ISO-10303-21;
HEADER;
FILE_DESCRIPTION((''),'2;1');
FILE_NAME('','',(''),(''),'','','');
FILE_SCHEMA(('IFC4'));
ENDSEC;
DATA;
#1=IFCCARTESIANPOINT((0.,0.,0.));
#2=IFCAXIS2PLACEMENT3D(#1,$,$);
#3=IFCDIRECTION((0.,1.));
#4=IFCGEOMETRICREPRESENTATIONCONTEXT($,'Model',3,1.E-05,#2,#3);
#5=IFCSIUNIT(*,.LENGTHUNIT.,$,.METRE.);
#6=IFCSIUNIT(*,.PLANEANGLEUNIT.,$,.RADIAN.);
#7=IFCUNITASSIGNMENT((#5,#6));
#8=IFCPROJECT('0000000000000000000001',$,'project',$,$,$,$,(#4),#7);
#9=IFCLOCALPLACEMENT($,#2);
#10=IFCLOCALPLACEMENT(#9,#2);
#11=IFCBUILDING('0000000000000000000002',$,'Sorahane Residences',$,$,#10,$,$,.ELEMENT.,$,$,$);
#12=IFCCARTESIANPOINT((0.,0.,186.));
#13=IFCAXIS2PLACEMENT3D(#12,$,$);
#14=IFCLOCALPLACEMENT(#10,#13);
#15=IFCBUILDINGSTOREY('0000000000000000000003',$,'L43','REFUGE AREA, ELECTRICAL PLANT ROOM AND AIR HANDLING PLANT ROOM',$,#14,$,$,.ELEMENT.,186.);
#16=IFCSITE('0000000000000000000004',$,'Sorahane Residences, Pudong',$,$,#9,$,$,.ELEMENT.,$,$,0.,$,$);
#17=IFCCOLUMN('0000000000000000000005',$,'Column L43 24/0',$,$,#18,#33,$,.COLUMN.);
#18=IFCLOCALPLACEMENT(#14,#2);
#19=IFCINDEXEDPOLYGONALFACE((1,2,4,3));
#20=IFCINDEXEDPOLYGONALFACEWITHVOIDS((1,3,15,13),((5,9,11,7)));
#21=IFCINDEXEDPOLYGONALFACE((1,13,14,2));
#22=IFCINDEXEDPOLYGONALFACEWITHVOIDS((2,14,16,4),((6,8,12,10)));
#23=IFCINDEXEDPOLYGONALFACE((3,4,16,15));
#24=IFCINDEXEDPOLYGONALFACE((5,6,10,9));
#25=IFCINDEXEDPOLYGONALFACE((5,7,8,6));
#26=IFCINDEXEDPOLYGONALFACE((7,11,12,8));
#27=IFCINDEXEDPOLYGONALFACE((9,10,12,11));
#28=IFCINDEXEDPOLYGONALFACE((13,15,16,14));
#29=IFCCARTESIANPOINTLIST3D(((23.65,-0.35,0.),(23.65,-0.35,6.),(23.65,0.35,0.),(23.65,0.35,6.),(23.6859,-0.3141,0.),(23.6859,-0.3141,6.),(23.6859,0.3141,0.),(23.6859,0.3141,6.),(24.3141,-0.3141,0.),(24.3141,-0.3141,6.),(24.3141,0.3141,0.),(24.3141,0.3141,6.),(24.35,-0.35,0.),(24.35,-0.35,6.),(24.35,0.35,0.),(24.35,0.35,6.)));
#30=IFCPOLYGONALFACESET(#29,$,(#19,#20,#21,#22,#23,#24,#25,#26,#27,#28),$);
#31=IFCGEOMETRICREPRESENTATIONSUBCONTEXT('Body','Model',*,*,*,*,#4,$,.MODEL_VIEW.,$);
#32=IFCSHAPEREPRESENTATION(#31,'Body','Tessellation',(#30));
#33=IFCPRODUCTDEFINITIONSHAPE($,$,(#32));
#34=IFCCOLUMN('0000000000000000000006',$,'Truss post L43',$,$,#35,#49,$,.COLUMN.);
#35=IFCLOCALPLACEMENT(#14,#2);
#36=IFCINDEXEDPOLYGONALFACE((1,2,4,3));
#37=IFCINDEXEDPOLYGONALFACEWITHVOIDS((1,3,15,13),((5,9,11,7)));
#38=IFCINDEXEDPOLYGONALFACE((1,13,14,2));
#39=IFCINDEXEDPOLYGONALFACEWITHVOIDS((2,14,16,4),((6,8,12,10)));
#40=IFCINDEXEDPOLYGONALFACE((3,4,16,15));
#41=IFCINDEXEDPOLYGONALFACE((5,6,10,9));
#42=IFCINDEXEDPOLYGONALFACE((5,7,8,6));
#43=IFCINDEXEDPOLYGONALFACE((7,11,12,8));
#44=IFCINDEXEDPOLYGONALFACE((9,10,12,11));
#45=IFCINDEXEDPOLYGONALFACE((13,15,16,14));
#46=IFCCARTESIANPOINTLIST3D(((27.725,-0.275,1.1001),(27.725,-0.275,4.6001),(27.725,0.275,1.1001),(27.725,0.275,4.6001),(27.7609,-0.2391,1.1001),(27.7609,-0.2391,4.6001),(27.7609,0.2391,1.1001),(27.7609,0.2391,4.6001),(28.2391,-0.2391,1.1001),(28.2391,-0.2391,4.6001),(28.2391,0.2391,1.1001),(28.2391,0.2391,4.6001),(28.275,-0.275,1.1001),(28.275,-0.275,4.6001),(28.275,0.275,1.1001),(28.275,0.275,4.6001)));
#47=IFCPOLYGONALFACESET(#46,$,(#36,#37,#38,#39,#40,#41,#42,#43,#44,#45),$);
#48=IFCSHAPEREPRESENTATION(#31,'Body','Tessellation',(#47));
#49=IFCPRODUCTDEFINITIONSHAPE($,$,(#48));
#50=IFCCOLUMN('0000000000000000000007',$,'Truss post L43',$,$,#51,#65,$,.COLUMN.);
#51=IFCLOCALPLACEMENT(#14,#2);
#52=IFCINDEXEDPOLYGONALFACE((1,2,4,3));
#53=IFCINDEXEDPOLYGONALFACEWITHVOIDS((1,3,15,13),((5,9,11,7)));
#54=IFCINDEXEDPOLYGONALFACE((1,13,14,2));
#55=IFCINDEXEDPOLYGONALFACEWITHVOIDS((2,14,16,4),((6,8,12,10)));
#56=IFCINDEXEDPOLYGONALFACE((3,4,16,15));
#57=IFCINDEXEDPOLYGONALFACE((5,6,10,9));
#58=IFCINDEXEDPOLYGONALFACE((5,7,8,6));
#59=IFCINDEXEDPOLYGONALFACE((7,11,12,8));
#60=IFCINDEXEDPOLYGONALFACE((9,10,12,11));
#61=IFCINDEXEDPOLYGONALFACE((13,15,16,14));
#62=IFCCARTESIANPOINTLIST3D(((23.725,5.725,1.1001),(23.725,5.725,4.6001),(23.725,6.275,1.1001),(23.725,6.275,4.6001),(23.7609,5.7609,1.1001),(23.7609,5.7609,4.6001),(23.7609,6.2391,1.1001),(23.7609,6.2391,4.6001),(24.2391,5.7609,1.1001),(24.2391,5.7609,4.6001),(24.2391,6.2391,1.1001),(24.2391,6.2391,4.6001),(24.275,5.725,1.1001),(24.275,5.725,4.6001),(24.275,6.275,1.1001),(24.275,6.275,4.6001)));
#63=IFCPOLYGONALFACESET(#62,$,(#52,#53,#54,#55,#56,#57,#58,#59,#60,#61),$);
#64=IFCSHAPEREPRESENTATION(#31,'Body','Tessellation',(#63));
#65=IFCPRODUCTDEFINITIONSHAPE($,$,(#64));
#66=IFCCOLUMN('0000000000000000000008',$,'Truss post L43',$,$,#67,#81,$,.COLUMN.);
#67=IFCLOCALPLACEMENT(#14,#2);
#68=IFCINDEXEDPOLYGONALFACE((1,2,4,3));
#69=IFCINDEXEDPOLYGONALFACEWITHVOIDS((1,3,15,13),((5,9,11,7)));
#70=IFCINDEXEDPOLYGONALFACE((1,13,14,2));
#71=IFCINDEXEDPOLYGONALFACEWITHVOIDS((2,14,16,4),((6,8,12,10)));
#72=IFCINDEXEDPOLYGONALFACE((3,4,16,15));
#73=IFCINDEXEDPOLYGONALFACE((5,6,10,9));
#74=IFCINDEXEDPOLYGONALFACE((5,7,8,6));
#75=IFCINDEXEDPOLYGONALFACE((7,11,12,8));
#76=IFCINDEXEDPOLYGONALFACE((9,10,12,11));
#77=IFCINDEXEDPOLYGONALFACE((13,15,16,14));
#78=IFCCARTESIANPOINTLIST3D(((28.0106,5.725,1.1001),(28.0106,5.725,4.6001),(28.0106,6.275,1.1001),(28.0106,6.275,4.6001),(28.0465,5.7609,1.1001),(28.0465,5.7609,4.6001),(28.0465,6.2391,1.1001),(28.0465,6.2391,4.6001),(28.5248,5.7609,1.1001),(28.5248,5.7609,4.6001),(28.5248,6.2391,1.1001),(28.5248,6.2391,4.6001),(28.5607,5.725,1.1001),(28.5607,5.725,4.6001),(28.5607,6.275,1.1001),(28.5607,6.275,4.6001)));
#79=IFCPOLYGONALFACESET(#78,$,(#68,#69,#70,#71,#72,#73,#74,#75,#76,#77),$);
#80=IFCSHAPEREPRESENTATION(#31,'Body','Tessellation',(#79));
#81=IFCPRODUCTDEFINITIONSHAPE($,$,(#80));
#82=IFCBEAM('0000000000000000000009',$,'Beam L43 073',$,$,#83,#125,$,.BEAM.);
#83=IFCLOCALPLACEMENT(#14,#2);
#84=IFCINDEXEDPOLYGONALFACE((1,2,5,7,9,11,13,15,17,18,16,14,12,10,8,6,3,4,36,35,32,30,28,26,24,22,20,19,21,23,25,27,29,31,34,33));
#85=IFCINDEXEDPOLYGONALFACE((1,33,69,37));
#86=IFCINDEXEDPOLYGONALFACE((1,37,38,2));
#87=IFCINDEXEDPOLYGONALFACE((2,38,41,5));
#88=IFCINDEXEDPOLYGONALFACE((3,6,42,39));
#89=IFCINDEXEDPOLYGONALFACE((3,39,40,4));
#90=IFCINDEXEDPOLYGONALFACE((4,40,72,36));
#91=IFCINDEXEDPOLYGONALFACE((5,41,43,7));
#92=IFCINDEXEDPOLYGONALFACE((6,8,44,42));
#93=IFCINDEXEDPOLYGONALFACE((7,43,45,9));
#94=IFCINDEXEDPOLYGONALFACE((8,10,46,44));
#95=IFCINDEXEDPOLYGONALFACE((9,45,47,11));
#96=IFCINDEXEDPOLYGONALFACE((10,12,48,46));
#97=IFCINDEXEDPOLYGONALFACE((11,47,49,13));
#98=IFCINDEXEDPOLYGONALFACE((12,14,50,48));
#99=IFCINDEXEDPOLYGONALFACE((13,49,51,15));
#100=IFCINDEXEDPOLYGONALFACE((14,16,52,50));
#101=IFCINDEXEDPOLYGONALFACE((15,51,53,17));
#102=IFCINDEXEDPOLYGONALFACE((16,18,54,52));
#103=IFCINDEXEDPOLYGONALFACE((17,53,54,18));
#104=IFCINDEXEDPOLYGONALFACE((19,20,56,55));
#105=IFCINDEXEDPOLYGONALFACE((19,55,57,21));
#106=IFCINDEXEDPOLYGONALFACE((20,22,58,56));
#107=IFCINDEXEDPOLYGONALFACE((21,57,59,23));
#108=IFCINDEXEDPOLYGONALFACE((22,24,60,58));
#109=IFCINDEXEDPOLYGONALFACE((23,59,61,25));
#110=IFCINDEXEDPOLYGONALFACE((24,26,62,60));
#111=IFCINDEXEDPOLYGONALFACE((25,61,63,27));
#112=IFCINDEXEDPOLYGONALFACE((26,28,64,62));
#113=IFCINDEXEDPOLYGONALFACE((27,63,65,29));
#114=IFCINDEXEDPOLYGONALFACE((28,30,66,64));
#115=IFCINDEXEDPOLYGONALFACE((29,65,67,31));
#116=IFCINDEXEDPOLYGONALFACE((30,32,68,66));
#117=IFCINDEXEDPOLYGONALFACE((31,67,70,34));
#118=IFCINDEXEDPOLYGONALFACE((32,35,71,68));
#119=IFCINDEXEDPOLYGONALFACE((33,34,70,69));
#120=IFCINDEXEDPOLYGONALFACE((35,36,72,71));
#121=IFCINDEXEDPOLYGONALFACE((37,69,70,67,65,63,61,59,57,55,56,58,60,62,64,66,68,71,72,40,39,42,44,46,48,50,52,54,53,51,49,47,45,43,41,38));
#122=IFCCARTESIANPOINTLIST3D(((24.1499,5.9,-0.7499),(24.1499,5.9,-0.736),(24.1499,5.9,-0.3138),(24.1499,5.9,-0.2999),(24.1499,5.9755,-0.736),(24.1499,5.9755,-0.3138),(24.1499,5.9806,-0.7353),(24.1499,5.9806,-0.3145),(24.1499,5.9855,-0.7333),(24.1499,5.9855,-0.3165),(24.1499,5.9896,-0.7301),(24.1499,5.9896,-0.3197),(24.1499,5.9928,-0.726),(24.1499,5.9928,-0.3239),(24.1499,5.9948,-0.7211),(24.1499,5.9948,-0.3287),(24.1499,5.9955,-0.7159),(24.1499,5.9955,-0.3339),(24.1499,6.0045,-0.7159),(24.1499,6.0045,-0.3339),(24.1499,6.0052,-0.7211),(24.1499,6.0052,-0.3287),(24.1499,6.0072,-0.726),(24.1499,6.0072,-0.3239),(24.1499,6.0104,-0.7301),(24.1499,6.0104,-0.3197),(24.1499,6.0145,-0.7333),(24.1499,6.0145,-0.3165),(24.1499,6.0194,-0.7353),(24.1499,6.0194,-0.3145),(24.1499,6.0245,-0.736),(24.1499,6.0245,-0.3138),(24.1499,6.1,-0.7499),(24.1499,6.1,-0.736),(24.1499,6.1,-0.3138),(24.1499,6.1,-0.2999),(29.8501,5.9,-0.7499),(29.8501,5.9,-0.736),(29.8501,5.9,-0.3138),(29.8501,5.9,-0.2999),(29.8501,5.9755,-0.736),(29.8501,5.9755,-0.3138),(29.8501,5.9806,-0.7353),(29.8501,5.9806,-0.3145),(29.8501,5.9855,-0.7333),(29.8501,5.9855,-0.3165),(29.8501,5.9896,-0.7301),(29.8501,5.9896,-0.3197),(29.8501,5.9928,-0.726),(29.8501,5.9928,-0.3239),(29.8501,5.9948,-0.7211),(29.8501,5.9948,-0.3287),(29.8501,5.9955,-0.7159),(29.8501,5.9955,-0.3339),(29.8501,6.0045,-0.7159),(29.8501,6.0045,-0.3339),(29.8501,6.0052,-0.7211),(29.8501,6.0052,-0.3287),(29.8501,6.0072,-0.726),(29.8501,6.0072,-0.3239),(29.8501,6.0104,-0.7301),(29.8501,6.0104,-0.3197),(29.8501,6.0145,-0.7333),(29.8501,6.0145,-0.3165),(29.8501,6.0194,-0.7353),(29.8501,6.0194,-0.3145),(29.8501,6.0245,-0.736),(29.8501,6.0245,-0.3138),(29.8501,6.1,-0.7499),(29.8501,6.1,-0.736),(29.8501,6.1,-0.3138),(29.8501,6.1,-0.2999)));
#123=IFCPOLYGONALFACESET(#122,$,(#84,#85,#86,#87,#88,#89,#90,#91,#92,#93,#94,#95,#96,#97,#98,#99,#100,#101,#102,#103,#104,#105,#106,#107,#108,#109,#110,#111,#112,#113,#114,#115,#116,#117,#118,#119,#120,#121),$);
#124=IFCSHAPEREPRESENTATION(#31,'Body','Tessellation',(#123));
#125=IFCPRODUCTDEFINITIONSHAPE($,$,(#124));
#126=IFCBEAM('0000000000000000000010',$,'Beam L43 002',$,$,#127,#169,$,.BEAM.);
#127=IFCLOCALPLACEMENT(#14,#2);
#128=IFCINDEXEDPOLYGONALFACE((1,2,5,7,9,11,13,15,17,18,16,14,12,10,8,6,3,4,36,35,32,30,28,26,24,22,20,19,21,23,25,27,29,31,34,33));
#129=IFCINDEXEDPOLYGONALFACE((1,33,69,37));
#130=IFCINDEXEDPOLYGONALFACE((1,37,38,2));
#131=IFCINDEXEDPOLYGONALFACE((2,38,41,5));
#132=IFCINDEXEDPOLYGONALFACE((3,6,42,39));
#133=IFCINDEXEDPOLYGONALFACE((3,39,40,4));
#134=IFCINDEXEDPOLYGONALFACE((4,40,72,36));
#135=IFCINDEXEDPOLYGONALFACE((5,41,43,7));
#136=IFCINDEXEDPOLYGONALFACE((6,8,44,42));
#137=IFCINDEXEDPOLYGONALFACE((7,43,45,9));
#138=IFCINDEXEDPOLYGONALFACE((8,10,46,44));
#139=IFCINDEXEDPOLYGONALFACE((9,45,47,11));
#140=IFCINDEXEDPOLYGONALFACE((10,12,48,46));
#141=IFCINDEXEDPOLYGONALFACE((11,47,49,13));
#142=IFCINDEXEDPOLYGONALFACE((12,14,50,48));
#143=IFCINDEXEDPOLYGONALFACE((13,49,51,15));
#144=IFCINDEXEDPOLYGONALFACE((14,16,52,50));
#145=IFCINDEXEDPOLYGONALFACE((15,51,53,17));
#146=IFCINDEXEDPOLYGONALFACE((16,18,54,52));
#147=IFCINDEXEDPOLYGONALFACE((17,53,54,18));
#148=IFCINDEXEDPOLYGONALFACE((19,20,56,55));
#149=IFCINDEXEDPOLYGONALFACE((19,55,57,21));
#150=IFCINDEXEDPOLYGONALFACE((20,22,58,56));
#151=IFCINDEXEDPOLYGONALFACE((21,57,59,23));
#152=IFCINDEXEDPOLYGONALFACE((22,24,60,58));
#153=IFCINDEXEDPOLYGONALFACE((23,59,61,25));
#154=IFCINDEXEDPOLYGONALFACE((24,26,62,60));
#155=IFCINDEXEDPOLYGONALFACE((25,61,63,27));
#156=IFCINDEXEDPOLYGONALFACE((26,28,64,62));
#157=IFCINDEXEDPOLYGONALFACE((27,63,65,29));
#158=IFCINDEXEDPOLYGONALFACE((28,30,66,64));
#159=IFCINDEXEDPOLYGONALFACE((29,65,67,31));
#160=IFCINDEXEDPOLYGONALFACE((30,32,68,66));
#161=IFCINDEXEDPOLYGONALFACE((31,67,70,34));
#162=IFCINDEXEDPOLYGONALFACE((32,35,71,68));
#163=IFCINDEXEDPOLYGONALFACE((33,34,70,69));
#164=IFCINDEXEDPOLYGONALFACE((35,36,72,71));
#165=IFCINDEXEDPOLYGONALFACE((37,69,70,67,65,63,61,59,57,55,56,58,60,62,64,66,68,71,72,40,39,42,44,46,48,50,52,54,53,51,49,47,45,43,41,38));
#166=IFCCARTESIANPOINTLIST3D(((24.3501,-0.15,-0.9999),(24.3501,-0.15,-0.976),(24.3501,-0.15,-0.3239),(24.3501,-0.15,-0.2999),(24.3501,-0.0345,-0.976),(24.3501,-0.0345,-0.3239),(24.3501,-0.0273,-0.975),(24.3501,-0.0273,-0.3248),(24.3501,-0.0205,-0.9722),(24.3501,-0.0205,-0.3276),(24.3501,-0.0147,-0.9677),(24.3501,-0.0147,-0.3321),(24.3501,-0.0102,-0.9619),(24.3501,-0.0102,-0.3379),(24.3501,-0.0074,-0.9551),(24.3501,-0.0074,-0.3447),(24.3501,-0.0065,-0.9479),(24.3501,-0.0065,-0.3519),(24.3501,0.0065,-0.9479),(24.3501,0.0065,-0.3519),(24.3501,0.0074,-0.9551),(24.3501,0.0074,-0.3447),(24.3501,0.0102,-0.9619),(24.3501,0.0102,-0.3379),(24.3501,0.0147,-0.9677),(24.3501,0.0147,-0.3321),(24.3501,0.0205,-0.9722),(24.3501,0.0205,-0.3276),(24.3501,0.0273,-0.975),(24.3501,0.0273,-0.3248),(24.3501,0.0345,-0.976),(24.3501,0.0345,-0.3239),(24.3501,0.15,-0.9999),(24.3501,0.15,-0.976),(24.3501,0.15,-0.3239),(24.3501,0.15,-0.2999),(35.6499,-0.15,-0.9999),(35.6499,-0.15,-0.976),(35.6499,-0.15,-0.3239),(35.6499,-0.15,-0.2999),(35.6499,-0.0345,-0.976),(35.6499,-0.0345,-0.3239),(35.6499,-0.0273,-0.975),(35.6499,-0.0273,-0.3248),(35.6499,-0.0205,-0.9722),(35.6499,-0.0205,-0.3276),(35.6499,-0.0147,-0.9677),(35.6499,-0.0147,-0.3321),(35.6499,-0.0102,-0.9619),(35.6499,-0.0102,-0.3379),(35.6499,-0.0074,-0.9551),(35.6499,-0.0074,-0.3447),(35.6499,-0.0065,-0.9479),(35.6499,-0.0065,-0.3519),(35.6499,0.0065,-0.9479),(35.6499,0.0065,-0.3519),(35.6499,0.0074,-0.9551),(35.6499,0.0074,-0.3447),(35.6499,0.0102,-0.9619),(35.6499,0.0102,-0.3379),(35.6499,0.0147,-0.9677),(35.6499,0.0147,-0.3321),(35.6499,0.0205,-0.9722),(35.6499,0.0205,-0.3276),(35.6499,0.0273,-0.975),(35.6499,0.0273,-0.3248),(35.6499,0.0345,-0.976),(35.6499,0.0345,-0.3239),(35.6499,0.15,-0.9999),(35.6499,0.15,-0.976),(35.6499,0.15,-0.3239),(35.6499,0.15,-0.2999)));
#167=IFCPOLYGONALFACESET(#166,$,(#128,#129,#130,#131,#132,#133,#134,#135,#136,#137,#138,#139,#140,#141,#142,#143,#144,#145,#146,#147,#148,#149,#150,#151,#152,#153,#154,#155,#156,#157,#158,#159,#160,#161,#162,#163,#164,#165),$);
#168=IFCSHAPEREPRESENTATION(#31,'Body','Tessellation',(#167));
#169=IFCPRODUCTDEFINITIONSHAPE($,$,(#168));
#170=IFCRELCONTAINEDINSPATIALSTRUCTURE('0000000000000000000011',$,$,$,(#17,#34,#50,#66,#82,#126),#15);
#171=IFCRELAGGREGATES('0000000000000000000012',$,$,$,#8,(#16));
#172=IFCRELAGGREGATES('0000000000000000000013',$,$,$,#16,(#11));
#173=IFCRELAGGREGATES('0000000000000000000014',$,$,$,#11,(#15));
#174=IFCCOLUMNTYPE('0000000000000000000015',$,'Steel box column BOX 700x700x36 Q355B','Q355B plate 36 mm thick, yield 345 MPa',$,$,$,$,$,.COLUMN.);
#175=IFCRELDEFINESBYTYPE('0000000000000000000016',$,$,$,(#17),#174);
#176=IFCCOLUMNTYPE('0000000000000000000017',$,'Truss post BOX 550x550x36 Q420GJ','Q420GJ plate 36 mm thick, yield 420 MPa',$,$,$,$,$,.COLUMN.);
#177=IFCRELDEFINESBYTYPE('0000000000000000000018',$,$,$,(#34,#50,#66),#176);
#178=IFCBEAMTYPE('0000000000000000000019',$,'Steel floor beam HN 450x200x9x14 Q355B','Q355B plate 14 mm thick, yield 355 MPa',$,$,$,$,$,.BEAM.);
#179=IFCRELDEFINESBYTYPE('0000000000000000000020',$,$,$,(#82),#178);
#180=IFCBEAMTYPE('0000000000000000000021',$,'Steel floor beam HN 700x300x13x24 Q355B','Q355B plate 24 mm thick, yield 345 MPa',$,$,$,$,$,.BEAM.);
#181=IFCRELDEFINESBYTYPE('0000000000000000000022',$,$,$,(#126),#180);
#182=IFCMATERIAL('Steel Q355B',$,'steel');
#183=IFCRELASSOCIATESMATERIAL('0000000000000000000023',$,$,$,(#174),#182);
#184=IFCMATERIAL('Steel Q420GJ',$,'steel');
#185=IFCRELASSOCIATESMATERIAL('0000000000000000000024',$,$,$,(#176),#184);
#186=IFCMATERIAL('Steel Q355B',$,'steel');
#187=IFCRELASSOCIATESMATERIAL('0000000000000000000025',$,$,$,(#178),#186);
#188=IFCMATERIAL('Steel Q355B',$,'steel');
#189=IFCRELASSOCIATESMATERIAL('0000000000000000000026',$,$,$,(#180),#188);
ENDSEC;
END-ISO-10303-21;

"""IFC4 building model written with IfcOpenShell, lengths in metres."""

from ifc_helpers import new_model, si_unit, direction, frame, origin, origin_2d, place, context, subcontext, project, spatial, hollow_rectangle, i_section, extrude, material, material_profile, profile_set, type_object, element, save


model = new_model("IFC4")

# Units and contexts
model_context = context("Model", 3, precision=1e-05, world=origin(), true_north=direction((0.0, 1.0)))
body_context = subcontext(model_context, "Body", "Model", "MODEL_VIEW")
ifc_project = project(units=[si_unit("LENGTHUNIT", "METRE"), si_unit("PLANEANGLEUNIT", "RADIAN")], contexts=[model_context])

# Site, building, storey
site_placement = place(None, origin())
site = spatial("IfcSite", under=ifc_project, at=site_placement, Name="Sorahane Residences, Pudong", CompositionType="ELEMENT", RefElevation=0.0)
building_placement = place(site_placement, origin())
building = spatial("IfcBuilding", under=site, at=building_placement, Name="Sorahane Residences", CompositionType="ELEMENT")
storey_placement = place(building_placement, frame((0.0, 0.0, 186.0)))
storey = spatial("IfcBuildingStorey", under=building, at=storey_placement, Name="L43", Description="REFUGE AREA, ELECTRICAL PLANT ROOM AND AIR HANDLING PLANT ROOM", CompositionType="ELEMENT", Elevation=186.0)

# Columns
ifc_material_1 = material(Name="Steel Q355B", Category="steel")
ifc_material_profile_1 = material_profile(ifc_material_1, hollow_rectangle(XDim=0.7, YDim=0.7, WallThickness=0.0359, at=origin_2d()), Name="BOX 700x700x36")
ifc_profile_set_1 = profile_set([ifc_material_profile_1], Name="Steel Q355B")
column_type_1 = type_object("IfcColumnType", Name="Steel box column BOX 700x700x36 Q355B", Description="Q355B plate 36 mm thick, yield 345 MPa", PredefinedType="COLUMN", material=ifc_profile_set_1)
column_placement = place(storey_placement, frame((24.0, 0.0, 0.0), z_axis=(0.0, 0.0, 1.0), x_axis=(1.0, 0.0, 0.0)))
element("IfcColumn", 1, at=column_placement, inside=storey, type_object=column_type_1, Name="Column L43 24/0", PredefinedType="COLUMN", context=body_context, shape_type="SweptSolid", body=[
    extrude(hollow_rectangle(XDim=0.7, YDim=0.7, WallThickness=0.0359, at=origin_2d()), origin(), (0.0, 0.0, 1.0), 6.0),
])
ifc_material_2 = material(Name="Steel Q420GJ", Category="steel")
ifc_material_profile_2 = material_profile(ifc_material_2, hollow_rectangle(XDim=0.55, YDim=0.55, WallThickness=0.0359, at=origin_2d()), Name="BOX 550x550x36")
ifc_profile_set_2 = profile_set([ifc_material_profile_2], Name="Steel Q420GJ")
column_type_2 = type_object("IfcColumnType", Name="Truss post BOX 550x550x36 Q420GJ", Description="Q420GJ plate 36 mm thick, yield 420 MPa", PredefinedType="COLUMN", material=ifc_profile_set_2)
for number, where, z_axis, x_axis, name in (
    (2, (28.0, 0.0, 1.1001), (0.0, 0.0, 1.0), (1.0, 0.0, 0.0), "Truss post L43"),
    (3, (24.0, 6.0, 1.1001), (0.0, 0.0, 1.0), (1.0, 0.0, 0.0), "Truss post L43"),
    (4, (28.2856, 6.0, 1.1001), (0.0, 0.0, 1.0), (1.0, 0.0, 0.0), "Truss post L43"),
):
    element("IfcColumn", number, at=place(storey_placement, frame(where, z_axis=z_axis, x_axis=x_axis)), inside=storey, type_object=column_type_2, Name=name, PredefinedType="COLUMN", context=body_context, shape_type="SweptSolid", body=[
        extrude(hollow_rectangle(XDim=0.55, YDim=0.55, WallThickness=0.0359, at=origin_2d()), origin(), (0.0, 0.0, 1.0), 3.5),
    ])

# Beams
ifc_material_3 = material(Name="Steel Q355B", Category="steel")
ifc_material_profile_3 = material_profile(ifc_material_3, i_section(OverallWidth=0.2, OverallDepth=0.45, WebThickness=0.009, FlangeThickness=0.0139, FilletRadius=0.02, at=origin_2d()), Name="HN 450x200x9x14")
ifc_profile_set_3 = profile_set([ifc_material_profile_3], Name="Steel Q355B")
beam_type_1 = type_object("IfcBeamType", Name="Steel floor beam HN 450x200x9x14 Q355B", Description="Q355B plate 14 mm thick, yield 355 MPa", PredefinedType="BEAM", material=ifc_profile_set_3)
beam_1_placement = place(storey_placement, frame((24.1499, 6.0, -0.5249), z_axis=(1.0, 0.0, 0.0), x_axis=(0.0, 1.0, 0.0)))
element("IfcBeam", 5, at=beam_1_placement, inside=storey, type_object=beam_type_1, Name="Beam L43 073", PredefinedType="BEAM", context=body_context, shape_type="SweptSolid", body=[
    extrude(i_section(OverallWidth=0.2, OverallDepth=0.45, WebThickness=0.009, FlangeThickness=0.0139, FilletRadius=0.02, at=origin_2d()), origin(), (0.0, 0.0, 1.0), 5.7002),
])
ifc_material_4 = material(Name="Steel Q355B", Category="steel")
ifc_material_profile_4 = material_profile(ifc_material_4, i_section(OverallWidth=0.3, OverallDepth=0.7, WebThickness=0.0129, FlangeThickness=0.0239, FilletRadius=0.0281, at=origin_2d()), Name="HN 700x300x13x24")
ifc_profile_set_4 = profile_set([ifc_material_profile_4], Name="Steel Q355B")
beam_type_2 = type_object("IfcBeamType", Name="Steel floor beam HN 700x300x13x24 Q355B", Description="Q355B plate 24 mm thick, yield 345 MPa", PredefinedType="BEAM", material=ifc_profile_set_4)
beam_2_placement = place(storey_placement, frame((24.3501, 0.0, -0.6499), z_axis=(1.0, 0.0, 0.0), x_axis=(0.0, 1.0, 0.0)))
element("IfcBeam", 6, at=beam_2_placement, inside=storey, type_object=beam_type_2, Name="Beam L43 002", PredefinedType="BEAM", context=body_context, shape_type="SweptSolid", body=[
    extrude(i_section(OverallWidth=0.3, OverallDepth=0.7, WebThickness=0.0129, FlangeThickness=0.0239, FilletRadius=0.0281, at=origin_2d()), origin(), (0.0, 0.0, 1.0), 11.2998),
])

save(model, "model.ifc")
